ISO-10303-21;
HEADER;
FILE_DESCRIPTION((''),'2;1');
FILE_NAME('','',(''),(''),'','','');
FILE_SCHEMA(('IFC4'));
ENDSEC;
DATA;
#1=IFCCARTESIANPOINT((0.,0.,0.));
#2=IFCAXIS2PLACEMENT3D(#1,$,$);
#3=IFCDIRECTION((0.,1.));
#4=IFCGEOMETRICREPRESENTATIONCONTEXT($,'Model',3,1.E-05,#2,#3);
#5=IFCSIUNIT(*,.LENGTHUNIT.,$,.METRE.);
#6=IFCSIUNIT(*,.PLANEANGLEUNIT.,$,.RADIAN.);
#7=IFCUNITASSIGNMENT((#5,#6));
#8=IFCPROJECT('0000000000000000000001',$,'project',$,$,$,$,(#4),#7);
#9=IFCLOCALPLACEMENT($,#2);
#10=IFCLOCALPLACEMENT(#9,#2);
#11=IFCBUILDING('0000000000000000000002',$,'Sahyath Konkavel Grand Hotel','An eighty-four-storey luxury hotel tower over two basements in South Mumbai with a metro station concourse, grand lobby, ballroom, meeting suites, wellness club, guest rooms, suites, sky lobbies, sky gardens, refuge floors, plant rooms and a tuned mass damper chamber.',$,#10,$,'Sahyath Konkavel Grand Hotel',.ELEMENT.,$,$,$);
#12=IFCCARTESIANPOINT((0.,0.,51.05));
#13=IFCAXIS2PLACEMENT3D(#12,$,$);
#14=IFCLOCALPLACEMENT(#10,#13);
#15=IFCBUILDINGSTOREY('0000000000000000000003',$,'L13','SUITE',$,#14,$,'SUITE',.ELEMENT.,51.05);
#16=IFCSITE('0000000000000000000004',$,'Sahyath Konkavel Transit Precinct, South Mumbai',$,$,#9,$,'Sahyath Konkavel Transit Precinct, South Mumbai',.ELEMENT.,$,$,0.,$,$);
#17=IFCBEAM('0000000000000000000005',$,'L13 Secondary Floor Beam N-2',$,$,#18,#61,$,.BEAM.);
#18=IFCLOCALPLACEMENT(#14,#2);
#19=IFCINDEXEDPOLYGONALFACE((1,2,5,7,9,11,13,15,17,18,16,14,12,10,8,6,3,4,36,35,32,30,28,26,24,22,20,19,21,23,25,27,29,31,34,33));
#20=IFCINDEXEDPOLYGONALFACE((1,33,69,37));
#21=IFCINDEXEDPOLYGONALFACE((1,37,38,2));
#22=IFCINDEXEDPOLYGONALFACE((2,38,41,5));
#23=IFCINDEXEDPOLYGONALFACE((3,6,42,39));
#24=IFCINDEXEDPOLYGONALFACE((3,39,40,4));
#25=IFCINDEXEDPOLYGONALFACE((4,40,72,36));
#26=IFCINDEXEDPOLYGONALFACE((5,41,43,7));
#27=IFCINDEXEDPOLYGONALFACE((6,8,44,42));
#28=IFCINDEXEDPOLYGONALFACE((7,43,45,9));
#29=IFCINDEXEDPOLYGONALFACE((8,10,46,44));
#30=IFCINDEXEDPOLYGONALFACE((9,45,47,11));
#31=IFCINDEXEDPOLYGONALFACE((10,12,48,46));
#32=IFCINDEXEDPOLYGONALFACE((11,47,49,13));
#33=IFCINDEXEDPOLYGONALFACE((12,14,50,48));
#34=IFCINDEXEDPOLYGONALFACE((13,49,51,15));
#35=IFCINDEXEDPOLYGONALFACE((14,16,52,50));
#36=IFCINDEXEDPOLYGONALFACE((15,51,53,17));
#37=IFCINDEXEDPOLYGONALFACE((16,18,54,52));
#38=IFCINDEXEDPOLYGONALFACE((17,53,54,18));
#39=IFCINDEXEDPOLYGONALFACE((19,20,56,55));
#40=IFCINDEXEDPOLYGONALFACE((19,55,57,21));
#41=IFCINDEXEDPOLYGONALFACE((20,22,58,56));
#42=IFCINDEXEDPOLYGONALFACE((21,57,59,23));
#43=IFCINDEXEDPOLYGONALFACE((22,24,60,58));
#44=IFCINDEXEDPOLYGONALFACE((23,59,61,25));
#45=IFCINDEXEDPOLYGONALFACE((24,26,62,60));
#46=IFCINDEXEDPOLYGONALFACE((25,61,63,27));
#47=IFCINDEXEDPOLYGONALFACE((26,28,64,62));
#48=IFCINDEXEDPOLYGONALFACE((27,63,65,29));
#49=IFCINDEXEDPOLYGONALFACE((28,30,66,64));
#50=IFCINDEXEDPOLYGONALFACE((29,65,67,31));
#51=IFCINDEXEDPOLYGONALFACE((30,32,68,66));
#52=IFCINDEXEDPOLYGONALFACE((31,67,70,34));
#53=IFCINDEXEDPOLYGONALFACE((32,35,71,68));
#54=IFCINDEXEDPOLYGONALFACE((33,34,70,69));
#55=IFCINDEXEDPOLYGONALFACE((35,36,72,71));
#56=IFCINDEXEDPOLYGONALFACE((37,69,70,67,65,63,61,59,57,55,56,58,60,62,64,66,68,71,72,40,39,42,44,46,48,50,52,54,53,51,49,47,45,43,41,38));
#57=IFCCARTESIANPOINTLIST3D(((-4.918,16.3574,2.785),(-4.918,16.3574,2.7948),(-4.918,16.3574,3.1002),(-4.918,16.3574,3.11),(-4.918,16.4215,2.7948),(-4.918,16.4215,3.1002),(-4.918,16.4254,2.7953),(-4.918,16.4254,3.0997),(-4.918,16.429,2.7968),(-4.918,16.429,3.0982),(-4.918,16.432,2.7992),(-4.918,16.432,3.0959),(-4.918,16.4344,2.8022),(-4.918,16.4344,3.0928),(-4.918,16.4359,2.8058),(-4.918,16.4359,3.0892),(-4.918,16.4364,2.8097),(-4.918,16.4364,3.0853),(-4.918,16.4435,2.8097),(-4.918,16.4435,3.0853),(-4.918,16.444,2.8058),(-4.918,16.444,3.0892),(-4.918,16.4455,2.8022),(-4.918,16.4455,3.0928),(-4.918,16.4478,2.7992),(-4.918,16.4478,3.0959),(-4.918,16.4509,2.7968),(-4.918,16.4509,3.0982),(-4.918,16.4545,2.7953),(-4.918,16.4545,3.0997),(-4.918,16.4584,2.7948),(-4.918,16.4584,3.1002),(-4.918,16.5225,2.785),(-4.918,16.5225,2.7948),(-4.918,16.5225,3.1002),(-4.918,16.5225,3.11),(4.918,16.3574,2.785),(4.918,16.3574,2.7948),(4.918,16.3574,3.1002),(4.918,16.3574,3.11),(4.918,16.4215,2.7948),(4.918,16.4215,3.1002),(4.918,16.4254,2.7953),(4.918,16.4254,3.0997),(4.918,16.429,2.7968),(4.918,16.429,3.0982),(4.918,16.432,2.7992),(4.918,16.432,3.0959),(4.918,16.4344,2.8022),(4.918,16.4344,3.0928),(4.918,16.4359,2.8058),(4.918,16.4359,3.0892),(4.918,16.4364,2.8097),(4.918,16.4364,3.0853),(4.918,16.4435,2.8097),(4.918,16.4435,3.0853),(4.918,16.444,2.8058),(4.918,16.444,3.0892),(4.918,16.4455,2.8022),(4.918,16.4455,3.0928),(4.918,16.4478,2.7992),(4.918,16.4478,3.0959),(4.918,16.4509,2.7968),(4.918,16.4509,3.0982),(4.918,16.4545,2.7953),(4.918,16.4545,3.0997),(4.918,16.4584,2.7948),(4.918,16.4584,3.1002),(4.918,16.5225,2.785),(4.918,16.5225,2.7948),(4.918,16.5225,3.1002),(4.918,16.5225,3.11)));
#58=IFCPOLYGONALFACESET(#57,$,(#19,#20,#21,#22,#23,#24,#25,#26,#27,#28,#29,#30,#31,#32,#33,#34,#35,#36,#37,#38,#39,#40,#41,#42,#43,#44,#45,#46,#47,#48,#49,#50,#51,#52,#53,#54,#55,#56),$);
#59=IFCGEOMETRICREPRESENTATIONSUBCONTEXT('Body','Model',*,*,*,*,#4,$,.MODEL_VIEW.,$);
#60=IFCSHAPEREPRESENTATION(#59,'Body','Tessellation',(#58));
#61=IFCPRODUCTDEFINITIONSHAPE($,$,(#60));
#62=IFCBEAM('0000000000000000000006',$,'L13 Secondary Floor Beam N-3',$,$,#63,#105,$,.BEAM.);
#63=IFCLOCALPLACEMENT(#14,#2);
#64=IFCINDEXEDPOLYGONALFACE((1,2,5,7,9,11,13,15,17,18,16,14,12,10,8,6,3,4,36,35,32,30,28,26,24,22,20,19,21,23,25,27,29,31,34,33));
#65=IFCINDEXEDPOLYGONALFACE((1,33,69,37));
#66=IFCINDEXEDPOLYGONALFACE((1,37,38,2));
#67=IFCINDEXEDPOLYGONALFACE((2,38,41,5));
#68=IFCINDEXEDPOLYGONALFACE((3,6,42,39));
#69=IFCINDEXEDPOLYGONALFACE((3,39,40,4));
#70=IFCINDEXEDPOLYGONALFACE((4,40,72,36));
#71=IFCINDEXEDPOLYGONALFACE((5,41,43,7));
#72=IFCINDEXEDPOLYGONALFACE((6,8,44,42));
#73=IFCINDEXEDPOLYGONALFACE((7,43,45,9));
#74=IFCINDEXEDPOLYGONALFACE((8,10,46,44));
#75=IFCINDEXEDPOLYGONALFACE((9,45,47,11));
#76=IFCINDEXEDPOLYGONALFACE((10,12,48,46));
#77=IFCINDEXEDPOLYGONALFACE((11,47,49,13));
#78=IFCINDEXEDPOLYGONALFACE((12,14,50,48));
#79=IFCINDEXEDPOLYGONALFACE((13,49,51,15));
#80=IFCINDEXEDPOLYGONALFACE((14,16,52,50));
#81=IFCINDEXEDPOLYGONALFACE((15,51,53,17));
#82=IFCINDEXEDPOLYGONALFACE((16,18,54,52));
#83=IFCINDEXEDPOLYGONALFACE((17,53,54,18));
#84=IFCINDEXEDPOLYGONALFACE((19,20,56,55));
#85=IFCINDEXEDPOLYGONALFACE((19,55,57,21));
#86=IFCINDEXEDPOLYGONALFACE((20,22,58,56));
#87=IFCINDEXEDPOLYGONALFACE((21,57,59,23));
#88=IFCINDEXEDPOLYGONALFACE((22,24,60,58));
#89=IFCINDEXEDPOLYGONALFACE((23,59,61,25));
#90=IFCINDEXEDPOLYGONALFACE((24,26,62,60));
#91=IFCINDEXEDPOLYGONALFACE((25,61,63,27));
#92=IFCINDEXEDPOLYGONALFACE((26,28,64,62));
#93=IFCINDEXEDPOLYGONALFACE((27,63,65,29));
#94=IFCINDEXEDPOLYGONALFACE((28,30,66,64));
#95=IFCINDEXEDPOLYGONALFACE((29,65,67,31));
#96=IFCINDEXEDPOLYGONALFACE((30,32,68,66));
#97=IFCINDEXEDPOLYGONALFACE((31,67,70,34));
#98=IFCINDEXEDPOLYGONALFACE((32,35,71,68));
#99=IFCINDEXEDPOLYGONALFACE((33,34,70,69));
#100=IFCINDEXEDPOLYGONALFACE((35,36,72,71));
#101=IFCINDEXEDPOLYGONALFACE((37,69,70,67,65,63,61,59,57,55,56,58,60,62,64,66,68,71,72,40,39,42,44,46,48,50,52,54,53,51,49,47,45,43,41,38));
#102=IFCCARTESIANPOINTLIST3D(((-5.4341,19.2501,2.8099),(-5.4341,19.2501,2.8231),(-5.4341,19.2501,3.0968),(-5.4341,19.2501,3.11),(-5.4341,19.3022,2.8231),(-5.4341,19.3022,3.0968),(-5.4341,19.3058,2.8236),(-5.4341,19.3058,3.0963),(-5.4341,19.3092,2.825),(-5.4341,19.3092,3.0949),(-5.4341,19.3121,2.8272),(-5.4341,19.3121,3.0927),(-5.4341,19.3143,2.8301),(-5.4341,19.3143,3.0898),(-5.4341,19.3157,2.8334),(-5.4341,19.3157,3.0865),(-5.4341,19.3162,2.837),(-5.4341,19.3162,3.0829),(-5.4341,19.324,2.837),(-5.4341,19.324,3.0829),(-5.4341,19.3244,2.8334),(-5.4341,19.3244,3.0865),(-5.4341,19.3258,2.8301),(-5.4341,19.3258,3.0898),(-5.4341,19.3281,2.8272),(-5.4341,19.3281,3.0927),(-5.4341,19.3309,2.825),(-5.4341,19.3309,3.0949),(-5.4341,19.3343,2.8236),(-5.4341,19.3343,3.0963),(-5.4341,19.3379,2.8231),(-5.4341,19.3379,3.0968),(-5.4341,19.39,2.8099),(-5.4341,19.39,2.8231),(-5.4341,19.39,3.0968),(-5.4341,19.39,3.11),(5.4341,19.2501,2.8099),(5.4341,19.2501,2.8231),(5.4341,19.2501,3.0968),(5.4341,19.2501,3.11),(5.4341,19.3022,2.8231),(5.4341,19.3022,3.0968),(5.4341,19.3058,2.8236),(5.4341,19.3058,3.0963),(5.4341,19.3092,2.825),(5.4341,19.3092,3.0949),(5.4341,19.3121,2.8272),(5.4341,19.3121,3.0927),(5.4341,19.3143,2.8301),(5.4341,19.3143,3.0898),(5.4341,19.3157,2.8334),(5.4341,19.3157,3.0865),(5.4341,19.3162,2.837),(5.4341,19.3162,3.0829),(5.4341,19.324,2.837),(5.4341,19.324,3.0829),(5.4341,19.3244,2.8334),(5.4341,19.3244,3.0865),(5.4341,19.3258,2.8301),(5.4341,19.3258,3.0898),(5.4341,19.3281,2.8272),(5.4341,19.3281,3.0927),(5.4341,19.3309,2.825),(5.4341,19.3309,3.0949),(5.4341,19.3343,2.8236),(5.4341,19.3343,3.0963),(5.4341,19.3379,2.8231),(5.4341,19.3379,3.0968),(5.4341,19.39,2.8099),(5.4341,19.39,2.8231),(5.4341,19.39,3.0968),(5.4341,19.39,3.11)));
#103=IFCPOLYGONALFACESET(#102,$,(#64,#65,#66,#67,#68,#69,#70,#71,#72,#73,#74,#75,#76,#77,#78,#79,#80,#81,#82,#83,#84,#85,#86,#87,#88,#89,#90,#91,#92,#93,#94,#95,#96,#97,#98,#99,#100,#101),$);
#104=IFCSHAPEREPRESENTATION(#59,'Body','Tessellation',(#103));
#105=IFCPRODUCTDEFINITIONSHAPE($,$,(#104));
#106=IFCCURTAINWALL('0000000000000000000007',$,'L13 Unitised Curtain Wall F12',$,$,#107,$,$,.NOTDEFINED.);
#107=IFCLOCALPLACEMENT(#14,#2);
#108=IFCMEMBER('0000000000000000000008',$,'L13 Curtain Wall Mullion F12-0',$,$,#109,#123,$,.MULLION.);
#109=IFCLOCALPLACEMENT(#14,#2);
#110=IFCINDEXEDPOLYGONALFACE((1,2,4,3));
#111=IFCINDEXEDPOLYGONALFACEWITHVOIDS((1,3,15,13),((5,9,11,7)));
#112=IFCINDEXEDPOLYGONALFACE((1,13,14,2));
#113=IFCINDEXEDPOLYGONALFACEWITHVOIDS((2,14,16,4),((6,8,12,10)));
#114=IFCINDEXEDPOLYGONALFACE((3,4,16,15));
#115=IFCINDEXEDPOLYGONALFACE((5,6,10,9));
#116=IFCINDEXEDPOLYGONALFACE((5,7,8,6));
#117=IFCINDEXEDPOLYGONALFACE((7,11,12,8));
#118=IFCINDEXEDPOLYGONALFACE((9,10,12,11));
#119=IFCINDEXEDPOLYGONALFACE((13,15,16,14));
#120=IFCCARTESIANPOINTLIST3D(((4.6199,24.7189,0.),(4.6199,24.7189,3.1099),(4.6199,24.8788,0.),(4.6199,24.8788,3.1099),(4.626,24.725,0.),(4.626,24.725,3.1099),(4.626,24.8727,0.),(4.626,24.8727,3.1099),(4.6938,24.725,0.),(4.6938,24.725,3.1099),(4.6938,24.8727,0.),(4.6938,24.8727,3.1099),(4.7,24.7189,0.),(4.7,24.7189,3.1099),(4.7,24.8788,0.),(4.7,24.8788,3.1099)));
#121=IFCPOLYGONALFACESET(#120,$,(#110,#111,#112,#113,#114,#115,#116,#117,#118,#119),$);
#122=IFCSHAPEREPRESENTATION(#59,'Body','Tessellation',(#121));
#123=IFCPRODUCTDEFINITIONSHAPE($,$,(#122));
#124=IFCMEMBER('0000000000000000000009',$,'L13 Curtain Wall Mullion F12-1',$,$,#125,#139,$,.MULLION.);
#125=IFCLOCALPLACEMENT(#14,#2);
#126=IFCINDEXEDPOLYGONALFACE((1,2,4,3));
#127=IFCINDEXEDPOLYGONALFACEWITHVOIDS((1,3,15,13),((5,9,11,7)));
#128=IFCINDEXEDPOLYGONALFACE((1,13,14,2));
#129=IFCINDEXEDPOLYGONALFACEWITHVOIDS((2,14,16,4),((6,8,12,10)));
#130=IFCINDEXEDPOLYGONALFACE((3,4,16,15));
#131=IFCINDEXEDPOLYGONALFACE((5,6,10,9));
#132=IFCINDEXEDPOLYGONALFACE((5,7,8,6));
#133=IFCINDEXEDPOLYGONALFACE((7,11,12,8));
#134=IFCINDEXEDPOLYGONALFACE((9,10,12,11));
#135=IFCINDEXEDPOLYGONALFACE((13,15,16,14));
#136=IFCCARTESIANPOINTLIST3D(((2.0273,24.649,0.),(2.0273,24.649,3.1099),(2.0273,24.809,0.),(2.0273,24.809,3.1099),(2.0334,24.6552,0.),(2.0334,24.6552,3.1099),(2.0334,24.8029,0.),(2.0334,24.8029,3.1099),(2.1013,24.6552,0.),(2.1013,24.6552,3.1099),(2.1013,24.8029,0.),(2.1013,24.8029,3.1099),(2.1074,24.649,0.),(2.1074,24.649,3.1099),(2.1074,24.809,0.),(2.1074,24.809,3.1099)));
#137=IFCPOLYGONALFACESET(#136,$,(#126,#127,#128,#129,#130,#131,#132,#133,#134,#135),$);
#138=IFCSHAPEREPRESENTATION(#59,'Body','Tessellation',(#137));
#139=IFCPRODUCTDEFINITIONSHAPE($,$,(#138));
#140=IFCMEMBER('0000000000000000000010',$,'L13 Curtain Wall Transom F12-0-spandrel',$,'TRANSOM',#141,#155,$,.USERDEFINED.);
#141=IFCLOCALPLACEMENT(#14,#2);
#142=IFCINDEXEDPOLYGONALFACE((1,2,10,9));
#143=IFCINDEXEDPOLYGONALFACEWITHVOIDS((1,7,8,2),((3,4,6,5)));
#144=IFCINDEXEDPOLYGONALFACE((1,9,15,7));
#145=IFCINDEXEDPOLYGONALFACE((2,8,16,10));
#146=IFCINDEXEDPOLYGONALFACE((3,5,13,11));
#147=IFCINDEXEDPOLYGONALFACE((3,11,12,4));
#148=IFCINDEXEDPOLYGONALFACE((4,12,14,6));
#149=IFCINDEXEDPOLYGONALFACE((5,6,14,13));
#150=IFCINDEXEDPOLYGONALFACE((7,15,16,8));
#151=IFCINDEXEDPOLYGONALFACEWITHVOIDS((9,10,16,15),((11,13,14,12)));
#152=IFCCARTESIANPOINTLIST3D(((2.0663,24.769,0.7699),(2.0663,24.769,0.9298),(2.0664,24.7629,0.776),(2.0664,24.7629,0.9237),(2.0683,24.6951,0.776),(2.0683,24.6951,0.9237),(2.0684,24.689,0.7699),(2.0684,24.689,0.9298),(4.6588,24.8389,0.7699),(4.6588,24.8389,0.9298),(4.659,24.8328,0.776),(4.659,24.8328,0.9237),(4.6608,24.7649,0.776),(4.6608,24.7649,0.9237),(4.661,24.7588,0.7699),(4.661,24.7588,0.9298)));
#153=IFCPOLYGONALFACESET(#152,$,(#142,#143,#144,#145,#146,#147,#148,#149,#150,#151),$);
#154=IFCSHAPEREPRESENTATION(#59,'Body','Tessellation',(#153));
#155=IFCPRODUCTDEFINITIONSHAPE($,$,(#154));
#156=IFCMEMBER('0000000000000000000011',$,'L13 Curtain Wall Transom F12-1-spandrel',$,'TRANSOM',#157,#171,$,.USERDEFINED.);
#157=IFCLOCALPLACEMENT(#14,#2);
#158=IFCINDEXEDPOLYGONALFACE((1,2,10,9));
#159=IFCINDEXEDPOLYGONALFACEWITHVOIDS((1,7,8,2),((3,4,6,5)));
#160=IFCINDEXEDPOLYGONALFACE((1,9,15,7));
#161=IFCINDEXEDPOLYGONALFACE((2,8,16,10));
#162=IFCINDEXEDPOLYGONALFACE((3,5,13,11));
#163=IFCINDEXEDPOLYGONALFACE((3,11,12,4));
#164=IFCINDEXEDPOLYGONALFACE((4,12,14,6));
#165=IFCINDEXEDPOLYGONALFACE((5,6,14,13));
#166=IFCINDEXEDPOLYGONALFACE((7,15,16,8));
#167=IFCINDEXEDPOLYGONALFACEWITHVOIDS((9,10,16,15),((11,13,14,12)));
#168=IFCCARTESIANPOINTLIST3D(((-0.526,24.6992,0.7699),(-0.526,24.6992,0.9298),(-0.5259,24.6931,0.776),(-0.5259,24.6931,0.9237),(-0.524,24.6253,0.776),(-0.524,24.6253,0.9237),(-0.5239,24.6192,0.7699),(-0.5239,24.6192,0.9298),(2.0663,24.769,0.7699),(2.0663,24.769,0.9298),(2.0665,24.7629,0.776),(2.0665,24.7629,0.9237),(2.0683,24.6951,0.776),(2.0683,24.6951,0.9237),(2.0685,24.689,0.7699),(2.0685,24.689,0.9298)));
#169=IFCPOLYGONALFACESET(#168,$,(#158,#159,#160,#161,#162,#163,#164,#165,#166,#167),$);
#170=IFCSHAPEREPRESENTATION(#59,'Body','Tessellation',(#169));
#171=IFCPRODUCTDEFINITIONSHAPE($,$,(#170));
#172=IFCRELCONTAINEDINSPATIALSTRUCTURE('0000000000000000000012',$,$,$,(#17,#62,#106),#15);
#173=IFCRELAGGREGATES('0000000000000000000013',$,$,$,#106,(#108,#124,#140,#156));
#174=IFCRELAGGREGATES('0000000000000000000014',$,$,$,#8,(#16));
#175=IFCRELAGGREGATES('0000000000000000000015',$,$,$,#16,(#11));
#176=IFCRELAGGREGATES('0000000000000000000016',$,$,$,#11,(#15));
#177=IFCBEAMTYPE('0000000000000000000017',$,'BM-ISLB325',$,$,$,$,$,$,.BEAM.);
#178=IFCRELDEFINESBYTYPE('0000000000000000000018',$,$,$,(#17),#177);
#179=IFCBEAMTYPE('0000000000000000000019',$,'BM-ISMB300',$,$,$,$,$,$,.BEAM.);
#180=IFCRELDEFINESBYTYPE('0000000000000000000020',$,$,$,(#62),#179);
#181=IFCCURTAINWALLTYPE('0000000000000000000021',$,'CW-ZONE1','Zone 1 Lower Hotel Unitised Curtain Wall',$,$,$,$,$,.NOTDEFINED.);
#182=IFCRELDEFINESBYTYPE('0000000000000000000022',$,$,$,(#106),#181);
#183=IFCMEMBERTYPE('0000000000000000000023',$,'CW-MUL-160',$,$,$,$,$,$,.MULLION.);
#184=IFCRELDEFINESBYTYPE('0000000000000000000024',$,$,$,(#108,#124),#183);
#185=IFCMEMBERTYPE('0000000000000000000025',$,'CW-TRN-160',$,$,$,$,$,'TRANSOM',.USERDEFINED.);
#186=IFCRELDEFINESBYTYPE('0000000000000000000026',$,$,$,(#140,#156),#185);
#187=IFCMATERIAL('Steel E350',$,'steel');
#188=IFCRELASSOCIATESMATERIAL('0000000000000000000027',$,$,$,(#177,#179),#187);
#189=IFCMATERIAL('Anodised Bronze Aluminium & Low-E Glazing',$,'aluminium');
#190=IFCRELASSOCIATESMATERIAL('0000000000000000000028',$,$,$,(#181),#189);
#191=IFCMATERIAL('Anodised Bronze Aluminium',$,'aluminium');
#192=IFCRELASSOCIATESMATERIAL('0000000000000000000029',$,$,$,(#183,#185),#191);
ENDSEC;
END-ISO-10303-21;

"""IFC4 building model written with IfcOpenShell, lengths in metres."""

from ifc_helpers import new_model, si_unit, direction, frame, origin, origin_2d, place, context, subcontext, project, spatial, hollow_rectangle, i_section, extrude, source, transform, mapped, material, material_profile, profile_set, type_object, element, aggregate, save


model = new_model("IFC4")

# Units and contexts
model_context = context("Model", 3, precision=1e-05, world=origin(), true_north=direction((0.0, 1.0)))
body_context = subcontext(model_context, "Body", "Model", "MODEL_VIEW")
ifc_project = project(units=[si_unit("LENGTHUNIT", "METRE"), si_unit("PLANEANGLEUNIT", "RADIAN")], contexts=[model_context])

# Site, building, storey
site_placement = place(None, origin())
site = spatial("IfcSite", under=ifc_project, at=site_placement, Name="Sahyath Konkavel Transit Precinct, South Mumbai", LongName="Sahyath Konkavel Transit Precinct, South Mumbai", CompositionType="ELEMENT", RefElevation=0.0)
building_placement = place(site_placement, origin())
building = spatial("IfcBuilding", under=site, at=building_placement, Name="Sahyath Konkavel Grand Hotel", Description="An eighty-four-storey luxury hotel tower over two basements in South Mumbai with a metro station concourse, grand lobby, ballroom, meeting suites, wellness club, guest rooms, suites, sky lobbies, sky gardens, refuge floors, plant rooms and a tuned mass damper chamber.", LongName="Sahyath Konkavel Grand Hotel", CompositionType="ELEMENT")
storey_placement = place(building_placement, frame((0.0, 0.0, 51.05)))
storey = spatial("IfcBuildingStorey", under=building, at=storey_placement, Name="L13", Description="SUITE", LongName="SUITE", CompositionType="ELEMENT", Elevation=51.05)

# Beams
ifc_material_1 = material(Name="Steel E350", Category="steel")
ifc_material_profile_1 = material_profile(ifc_material_1, i_section(OverallWidth=0.165, OverallDepth=0.325, WebThickness=0.0071, FlangeThickness=0.0098, FilletRadius=0.0149, at=origin_2d()), Name="ISLB 325")
ifc_profile_set_1 = profile_set([ifc_material_profile_1], Name="Steel E350")
beam_type_1 = type_object("IfcBeamType", Name="BM-ISLB325", PredefinedType="BEAM", material=ifc_profile_set_1)
shared_shape_1 = source(origin(), body_context, "Body", "SweptSolid", [
    extrude(i_section(OverallWidth=0.165, OverallDepth=0.325, WebThickness=0.0071, FlangeThickness=0.0098, FilletRadius=0.0149, at=origin_2d()), origin(), (0.0, 0.0, 1.0), 9.8359),
])
beam_1_placement = place(storey_placement, frame((4.918, 16.4399, 2.9475), z_axis=(-1.0, 0.0, 0.0), x_axis=(0.0, -1.0, 0.0)))
element("IfcBeam", 1, at=beam_1_placement, inside=storey, type_object=beam_type_1, Name="L13 Secondary Floor Beam N-2", PredefinedType="BEAM", context=body_context, shape_type="MappedRepresentation", body=[
    mapped(shared_shape_1, transform((0.0, 0.0, 0.0), scale=1.0)),
])
ifc_material_profile_2 = material_profile(ifc_material_1, i_section(OverallWidth=0.1399, OverallDepth=0.3, WebThickness=0.0078, FlangeThickness=0.0132, FilletRadius=0.0139, at=origin_2d()), Name="ISMB 300")
ifc_profile_set_2 = profile_set([ifc_material_profile_2], Name="Steel E350")
beam_type_2 = type_object("IfcBeamType", Name="BM-ISMB300", PredefinedType="BEAM", material=ifc_profile_set_2)
shared_shape_2 = source(origin(), body_context, "Body", "SweptSolid", [
    extrude(i_section(OverallWidth=0.1399, OverallDepth=0.3, WebThickness=0.0078, FlangeThickness=0.0132, FilletRadius=0.0139, at=origin_2d()), origin(), (0.0, 0.0, 1.0), 10.8682),
])
beam_2_placement = place(storey_placement, frame((5.4341, 19.3201, 2.96), z_axis=(-1.0, 0.0, 0.0), x_axis=(0.0, -1.0, 0.0)))
element("IfcBeam", 2, at=beam_2_placement, inside=storey, type_object=beam_type_2, Name="L13 Secondary Floor Beam N-3", PredefinedType="BEAM", context=body_context, shape_type="MappedRepresentation", body=[
    mapped(shared_shape_2, transform((0.0, 0.0, 0.0), scale=1.0)),
])

# Curtain wall, members
ifc_material_2 = material(Name="Anodised Bronze Aluminium & Low-E Glazing", Category="aluminium")
curtain_wall_type = type_object("IfcCurtainWallType", Name="CW-ZONE1", Description="Zone 1 Lower Hotel Unitised Curtain Wall", PredefinedType="NOTDEFINED", material=ifc_material_2)
curtain_wall_placement = place(storey_placement, origin())
curtain_wall = element("IfcCurtainWall", 3, at=curtain_wall_placement, inside=storey, type_object=curtain_wall_type, Name="L13 Unitised Curtain Wall F12", PredefinedType="NOTDEFINED")
ifc_material_3 = material(Name="Anodised Bronze Aluminium", Category="aluminium")
ifc_material_profile_3 = material_profile(ifc_material_3, hollow_rectangle(XDim=0.0801, YDim=0.1599, WallThickness=0.0061, at=origin_2d()), Name="RHS 160x80x6")
ifc_profile_set_3 = profile_set([ifc_material_profile_3], Name="Anodised Bronze Aluminium")
member_type_1 = type_object("IfcMemberType", Name="CW-MUL-160", PredefinedType="MULLION", material=ifc_profile_set_3)
shared_shape_3 = source(origin(), body_context, "Body", "SweptSolid", [
    extrude(hollow_rectangle(XDim=0.0801, YDim=0.1599, WallThickness=0.0061, at=origin_2d()), origin(), (0.0, 0.0, 1.0), 3.1099),
])
member_1_placement = place(storey_placement, frame((4.6599, 24.7988, 0.0), z_axis=(0.0, 0.0, 1.0), x_axis=(1.0, 0.0, 0.0)))
member_1 = element("IfcMember", 4, at=member_1_placement, type_object=member_type_1, Name="L13 Curtain Wall Mullion F12-0", PredefinedType="MULLION", context=body_context, shape_type="MappedRepresentation", body=[
    mapped(shared_shape_3, transform((0.0, 0.0, 0.0), scale=1.0)),
])
member_2_placement = place(storey_placement, frame((2.0674, 24.729, 0.0), z_axis=(0.0, 0.0, 1.0), x_axis=(1.0, 0.0, 0.0)))
member_2 = element("IfcMember", 5, at=member_2_placement, type_object=member_type_1, Name="L13 Curtain Wall Mullion F12-1", PredefinedType="MULLION", context=body_context, shape_type="MappedRepresentation", body=[
    mapped(shared_shape_3, transform((0.0, 0.0, 0.0), scale=1.0)),
])
ifc_material_profile_4 = material_profile(ifc_material_3, hollow_rectangle(XDim=0.0801, YDim=0.1599, WallThickness=0.0061, at=origin_2d()), Name="RHS 160x80x6")
ifc_profile_set_4 = profile_set([ifc_material_profile_4], Name="Anodised Bronze Aluminium")
member_type_2 = type_object("IfcMemberType", Name="CW-TRN-160", ElementType="TRANSOM", PredefinedType="USERDEFINED", material=ifc_profile_set_4)
shared_shape_4 = source(origin(), body_context, "Body", "SweptSolid", [
    extrude(hollow_rectangle(XDim=0.0801, YDim=0.1599, WallThickness=0.0061, at=origin_2d()), origin(), (0.0, 0.0, 1.0), 2.5935),
])
member_3_placement = place(storey_placement, frame((4.6599, 24.7988, 0.8499), z_axis=(-0.999638, -0.026923, 0.0), x_axis=(0.026923, -0.999638, 0.0)))
member_3 = element("IfcMember", 6, at=member_3_placement, type_object=member_type_2, Name="L13 Curtain Wall Transom F12-0-spandrel", ObjectType="TRANSOM", PredefinedType="USERDEFINED", context=body_context, shape_type="MappedRepresentation", body=[
    mapped(shared_shape_4, transform((0.0, 0.0, 0.0), scale=1.0)),
])
shared_shape_5 = source(origin(), body_context, "Body", "SweptSolid", [
    extrude(hollow_rectangle(XDim=0.0801, YDim=0.1599, WallThickness=0.0061, at=origin_2d()), origin(), (0.0, 0.0, 1.0), 2.5933),
])
member_4_placement = place(storey_placement, frame((2.0674, 24.729, 0.8499), z_axis=(-0.999637, -0.026926, 0.0), x_axis=(0.026926, -0.999637, 0.0)))
member_4 = element("IfcMember", 7, at=member_4_placement, type_object=member_type_2, Name="L13 Curtain Wall Transom F12-1-spandrel", ObjectType="TRANSOM", PredefinedType="USERDEFINED", context=body_context, shape_type="MappedRepresentation", body=[
    mapped(shared_shape_5, transform((0.0, 0.0, 0.0), scale=1.0)),
])
aggregate(curtain_wall, [member_1, member_2, member_3, member_4])

save(model, "model.ifc")
